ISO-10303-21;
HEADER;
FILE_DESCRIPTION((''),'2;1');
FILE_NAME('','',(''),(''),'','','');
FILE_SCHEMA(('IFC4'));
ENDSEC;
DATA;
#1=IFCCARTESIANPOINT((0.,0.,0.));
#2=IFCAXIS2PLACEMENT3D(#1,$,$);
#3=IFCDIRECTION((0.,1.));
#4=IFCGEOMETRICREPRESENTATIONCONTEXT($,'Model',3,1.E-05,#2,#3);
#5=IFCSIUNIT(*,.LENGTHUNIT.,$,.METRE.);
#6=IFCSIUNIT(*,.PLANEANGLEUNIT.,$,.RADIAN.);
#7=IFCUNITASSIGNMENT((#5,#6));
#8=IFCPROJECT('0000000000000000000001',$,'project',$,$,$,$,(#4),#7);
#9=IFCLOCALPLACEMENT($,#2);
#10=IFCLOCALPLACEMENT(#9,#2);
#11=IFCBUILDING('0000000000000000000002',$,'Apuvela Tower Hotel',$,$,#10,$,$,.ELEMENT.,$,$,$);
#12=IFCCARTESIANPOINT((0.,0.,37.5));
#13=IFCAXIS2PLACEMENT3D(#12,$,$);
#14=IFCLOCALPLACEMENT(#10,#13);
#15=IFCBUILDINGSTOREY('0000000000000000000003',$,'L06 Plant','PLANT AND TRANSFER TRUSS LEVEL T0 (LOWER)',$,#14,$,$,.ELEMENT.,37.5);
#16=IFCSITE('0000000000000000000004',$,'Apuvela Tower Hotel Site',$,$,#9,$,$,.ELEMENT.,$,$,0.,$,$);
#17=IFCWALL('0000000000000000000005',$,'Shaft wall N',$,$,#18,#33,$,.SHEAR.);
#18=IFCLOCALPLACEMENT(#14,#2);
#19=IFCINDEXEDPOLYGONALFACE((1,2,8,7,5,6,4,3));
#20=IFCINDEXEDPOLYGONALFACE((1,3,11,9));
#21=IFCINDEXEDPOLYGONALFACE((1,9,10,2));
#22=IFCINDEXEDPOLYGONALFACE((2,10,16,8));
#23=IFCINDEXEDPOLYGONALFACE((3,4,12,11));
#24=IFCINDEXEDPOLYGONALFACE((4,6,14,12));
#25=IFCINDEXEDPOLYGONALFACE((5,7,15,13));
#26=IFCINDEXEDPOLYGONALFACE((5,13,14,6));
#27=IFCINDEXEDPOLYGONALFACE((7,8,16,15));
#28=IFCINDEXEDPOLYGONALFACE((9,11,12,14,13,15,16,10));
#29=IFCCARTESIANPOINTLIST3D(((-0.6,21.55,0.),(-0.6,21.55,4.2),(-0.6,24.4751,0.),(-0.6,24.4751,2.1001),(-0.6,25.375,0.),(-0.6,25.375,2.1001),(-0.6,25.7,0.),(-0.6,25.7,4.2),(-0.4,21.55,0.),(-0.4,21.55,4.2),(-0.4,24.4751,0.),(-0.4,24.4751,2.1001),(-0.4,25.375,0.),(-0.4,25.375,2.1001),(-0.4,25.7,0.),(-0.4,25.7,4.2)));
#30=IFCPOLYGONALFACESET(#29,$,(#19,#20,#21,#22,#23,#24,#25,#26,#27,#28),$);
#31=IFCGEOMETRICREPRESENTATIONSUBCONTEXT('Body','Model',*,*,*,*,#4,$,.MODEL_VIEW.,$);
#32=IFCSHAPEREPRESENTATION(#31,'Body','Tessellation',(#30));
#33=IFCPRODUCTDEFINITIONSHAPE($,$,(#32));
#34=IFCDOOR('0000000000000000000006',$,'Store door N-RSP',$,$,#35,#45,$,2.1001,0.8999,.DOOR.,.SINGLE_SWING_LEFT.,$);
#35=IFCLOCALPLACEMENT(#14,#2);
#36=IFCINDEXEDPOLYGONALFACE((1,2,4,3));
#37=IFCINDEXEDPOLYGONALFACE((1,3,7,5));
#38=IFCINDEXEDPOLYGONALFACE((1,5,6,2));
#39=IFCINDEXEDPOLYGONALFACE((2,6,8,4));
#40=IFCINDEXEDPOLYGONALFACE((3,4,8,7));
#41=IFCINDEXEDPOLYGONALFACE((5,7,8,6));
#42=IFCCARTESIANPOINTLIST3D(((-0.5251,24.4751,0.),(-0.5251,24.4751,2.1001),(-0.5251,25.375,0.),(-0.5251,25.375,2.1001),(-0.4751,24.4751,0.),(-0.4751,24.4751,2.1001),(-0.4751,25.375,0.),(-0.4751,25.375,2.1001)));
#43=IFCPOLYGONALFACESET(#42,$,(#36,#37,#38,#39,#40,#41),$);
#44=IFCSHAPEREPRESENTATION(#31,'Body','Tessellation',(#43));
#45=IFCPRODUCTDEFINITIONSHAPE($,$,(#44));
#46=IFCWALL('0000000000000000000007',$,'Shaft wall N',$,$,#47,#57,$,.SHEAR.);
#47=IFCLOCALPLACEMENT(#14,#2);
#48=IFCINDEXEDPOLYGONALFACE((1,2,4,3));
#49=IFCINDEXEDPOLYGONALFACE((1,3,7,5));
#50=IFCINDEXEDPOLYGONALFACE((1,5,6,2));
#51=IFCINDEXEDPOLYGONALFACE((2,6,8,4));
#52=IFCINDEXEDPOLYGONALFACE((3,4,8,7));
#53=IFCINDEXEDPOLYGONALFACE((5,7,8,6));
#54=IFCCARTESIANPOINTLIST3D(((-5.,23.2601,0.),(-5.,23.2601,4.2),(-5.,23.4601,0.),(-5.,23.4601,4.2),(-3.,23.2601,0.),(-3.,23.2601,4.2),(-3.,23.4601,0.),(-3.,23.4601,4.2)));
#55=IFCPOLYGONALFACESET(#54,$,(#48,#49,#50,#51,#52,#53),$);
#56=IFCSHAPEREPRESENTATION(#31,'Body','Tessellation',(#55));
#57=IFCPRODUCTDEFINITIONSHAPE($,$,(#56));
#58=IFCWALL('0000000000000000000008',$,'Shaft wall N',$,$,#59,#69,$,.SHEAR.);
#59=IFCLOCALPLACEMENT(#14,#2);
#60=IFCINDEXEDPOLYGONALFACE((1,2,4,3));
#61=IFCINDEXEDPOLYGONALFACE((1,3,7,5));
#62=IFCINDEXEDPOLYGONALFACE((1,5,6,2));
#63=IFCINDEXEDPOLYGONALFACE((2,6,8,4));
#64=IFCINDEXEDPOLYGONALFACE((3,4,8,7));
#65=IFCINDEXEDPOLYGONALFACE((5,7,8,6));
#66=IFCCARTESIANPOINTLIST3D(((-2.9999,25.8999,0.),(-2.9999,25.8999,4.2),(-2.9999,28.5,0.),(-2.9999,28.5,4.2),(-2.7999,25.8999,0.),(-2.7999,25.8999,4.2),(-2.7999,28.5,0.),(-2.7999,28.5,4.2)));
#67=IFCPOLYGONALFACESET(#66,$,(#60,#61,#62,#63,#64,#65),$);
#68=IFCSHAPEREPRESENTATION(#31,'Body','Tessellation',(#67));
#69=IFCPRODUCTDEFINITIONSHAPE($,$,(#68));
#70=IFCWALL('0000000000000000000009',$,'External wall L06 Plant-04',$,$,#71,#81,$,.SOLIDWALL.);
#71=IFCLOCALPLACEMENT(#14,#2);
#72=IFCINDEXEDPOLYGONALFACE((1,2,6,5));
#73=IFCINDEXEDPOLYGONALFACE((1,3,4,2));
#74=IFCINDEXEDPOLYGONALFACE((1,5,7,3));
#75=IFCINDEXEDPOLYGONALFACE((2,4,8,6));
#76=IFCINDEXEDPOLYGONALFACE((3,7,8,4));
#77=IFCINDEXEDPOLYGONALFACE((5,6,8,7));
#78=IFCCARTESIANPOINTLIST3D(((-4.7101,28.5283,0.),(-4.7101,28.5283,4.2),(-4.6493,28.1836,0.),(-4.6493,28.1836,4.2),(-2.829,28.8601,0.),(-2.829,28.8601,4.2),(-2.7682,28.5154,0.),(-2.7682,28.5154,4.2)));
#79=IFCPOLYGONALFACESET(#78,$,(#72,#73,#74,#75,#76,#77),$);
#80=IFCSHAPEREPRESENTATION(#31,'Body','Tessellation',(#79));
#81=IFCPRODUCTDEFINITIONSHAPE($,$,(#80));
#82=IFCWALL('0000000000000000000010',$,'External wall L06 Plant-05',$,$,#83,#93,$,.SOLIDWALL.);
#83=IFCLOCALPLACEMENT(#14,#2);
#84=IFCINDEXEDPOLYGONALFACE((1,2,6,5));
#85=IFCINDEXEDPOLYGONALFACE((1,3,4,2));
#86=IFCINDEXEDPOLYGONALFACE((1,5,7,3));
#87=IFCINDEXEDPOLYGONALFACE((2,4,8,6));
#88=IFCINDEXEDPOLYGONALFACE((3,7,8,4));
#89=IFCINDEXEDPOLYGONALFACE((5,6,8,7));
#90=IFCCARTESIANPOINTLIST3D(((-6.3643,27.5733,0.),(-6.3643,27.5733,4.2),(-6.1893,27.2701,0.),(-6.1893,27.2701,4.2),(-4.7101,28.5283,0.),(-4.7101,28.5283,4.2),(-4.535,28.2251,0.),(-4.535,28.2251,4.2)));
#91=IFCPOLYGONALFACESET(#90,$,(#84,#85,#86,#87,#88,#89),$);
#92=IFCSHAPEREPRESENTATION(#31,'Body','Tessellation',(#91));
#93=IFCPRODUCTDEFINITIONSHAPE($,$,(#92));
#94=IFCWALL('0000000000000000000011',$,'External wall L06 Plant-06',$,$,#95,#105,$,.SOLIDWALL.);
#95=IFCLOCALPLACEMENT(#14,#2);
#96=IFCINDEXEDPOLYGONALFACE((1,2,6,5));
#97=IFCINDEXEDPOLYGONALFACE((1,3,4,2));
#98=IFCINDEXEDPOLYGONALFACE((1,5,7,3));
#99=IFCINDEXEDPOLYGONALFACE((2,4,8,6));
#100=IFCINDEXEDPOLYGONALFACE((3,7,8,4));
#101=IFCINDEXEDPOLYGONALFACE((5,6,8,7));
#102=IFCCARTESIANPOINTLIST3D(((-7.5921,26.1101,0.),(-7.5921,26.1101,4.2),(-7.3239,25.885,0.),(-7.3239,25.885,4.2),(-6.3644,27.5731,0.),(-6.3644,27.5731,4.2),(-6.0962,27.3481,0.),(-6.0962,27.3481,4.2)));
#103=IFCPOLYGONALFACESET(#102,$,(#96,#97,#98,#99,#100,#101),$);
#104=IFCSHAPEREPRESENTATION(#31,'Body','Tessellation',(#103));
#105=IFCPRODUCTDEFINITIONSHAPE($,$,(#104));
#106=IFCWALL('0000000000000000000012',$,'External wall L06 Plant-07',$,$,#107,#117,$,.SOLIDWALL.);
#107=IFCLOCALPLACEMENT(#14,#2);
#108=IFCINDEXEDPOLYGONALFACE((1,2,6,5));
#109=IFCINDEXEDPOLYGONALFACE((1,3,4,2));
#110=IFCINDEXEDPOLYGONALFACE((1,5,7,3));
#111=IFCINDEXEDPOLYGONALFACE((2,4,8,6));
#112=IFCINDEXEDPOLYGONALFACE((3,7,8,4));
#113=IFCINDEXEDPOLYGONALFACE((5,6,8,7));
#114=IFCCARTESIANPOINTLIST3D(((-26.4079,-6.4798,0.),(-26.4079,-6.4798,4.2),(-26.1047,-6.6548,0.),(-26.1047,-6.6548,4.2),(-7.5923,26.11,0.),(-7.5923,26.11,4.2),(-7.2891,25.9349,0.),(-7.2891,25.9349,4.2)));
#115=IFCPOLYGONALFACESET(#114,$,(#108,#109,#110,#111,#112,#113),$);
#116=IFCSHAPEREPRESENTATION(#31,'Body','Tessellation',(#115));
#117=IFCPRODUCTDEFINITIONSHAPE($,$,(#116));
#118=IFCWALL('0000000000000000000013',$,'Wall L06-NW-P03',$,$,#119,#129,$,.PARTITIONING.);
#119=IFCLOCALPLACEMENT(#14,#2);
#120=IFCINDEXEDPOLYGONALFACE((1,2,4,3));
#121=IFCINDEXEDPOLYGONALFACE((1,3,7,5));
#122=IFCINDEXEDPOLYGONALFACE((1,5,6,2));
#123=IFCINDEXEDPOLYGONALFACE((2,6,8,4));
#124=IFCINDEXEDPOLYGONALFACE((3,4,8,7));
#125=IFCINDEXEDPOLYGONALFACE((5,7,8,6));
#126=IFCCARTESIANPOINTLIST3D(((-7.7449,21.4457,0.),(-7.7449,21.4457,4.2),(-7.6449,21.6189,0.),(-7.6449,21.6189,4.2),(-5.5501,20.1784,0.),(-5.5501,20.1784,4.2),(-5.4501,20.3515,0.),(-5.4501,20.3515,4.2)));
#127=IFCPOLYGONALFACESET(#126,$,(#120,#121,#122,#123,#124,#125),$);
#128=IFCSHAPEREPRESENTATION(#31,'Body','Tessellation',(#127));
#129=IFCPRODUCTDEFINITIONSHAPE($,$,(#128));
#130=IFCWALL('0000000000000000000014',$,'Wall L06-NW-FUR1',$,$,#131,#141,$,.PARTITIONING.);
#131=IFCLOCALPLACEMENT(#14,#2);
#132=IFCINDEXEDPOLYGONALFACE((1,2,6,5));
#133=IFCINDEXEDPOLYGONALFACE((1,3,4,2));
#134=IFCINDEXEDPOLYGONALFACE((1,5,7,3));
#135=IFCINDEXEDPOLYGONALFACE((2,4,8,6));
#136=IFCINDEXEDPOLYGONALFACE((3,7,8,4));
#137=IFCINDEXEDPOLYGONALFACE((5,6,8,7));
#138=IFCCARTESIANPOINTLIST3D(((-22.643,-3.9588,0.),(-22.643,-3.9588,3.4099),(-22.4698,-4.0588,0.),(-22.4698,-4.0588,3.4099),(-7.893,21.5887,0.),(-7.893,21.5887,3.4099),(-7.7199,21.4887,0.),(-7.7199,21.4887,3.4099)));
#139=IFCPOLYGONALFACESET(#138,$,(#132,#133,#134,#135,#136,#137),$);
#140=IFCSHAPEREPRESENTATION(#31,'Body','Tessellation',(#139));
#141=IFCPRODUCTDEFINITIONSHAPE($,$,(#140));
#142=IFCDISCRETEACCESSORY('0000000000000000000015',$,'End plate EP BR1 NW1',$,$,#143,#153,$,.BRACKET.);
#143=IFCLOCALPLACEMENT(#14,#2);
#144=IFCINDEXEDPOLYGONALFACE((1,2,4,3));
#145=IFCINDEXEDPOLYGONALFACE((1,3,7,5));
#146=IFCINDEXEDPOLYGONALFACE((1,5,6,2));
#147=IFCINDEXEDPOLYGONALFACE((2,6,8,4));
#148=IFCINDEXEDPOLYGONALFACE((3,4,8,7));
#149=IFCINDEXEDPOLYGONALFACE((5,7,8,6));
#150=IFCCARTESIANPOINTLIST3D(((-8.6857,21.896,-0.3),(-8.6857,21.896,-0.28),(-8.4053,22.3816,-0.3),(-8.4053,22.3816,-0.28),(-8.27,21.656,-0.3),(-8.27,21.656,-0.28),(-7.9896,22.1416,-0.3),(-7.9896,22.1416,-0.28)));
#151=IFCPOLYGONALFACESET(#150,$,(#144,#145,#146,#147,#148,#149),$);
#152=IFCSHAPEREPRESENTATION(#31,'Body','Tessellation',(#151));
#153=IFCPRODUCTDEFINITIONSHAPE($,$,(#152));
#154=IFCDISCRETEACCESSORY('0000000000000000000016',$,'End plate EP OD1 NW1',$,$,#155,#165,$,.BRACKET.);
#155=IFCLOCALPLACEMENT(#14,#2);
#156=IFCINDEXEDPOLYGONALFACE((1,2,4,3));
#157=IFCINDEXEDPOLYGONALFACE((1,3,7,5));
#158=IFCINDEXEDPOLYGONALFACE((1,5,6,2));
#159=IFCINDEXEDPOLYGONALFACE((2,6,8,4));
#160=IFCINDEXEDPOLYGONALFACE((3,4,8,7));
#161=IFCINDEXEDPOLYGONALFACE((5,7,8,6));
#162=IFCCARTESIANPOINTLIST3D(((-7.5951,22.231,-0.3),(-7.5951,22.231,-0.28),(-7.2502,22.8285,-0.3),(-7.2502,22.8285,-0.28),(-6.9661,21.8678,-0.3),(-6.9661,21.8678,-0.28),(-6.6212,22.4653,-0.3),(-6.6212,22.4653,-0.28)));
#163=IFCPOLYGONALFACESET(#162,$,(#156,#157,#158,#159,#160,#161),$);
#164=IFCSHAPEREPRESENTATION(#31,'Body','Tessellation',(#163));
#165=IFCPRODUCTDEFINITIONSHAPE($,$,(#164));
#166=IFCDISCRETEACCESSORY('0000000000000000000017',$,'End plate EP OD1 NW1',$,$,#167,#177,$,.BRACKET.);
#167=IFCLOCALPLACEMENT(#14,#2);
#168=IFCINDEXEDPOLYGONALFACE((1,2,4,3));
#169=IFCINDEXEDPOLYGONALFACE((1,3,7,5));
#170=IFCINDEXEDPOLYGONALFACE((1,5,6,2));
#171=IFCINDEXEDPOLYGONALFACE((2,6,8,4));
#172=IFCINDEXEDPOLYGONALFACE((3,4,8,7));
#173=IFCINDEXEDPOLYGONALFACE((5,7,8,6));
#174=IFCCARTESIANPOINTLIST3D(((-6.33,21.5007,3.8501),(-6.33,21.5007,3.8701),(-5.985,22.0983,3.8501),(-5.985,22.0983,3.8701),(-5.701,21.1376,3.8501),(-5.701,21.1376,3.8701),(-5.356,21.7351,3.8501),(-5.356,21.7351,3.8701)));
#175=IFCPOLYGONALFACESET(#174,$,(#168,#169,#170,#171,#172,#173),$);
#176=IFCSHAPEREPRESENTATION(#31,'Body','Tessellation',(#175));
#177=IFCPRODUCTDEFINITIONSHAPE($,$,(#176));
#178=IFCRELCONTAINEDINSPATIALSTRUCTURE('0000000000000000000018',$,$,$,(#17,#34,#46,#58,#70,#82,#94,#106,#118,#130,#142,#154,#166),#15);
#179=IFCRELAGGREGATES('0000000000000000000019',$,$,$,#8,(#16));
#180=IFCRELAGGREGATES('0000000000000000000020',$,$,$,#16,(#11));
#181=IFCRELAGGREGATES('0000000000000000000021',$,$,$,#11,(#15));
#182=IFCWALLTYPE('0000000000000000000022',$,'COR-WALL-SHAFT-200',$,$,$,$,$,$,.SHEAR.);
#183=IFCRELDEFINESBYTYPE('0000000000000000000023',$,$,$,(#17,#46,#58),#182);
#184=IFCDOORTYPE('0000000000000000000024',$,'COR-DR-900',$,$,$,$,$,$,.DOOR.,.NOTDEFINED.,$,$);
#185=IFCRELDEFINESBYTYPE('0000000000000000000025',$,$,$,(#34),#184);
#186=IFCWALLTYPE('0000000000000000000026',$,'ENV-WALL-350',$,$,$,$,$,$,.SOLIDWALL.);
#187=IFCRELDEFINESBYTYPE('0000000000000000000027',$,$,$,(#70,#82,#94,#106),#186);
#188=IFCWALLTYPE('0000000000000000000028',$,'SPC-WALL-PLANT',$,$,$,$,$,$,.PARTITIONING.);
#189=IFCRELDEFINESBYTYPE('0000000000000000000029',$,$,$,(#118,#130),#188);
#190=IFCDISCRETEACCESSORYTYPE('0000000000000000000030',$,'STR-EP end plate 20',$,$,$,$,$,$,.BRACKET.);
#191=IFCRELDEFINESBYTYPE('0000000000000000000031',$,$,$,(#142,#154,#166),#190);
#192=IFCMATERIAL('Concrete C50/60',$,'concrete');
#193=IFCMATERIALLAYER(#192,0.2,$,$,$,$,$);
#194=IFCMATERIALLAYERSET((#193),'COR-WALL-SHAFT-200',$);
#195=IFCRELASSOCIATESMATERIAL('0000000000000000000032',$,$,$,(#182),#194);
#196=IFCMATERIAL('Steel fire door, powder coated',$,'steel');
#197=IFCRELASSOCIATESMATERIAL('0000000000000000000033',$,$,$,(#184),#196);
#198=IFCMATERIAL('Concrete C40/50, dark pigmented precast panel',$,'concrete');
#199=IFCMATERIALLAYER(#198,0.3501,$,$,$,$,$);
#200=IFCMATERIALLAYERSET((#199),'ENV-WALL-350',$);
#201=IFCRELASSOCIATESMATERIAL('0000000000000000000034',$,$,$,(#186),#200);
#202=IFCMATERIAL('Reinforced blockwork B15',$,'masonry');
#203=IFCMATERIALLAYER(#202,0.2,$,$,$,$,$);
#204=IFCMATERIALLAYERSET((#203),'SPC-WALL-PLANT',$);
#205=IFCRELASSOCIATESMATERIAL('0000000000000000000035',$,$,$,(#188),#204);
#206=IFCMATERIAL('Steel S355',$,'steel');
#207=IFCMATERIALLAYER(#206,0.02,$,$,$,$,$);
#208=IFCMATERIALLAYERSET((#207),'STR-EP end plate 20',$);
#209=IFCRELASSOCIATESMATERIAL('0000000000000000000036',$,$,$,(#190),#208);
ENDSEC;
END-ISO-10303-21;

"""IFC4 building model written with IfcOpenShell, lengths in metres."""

from ifc_helpers import new_model, si_unit, direction, frame, frame_2d, origin, origin_2d, place, context, subcontext, project, spatial, rectangle, extrude, material, layer, layer_set, type_object, element, fill, save


model = new_model("IFC4")

# Units and contexts
model_context = context("Model", 3, precision=1e-05, world=origin(), true_north=direction((0.0, 1.0)))
body_context = subcontext(model_context, "Body", "Model", "MODEL_VIEW")
ifc_project = project(units=[si_unit("LENGTHUNIT", "METRE"), si_unit("PLANEANGLEUNIT", "RADIAN")], contexts=[model_context])

# Site, building, storey
site_placement = place(None, origin())
site = spatial("IfcSite", under=ifc_project, at=site_placement, Name="Apuvela Tower Hotel Site", CompositionType="ELEMENT", RefElevation=0.0)
building_placement = place(site_placement, origin())
building = spatial("IfcBuilding", under=site, at=building_placement, Name="Apuvela Tower Hotel", CompositionType="ELEMENT")
storey_placement = place(building_placement, frame((0.0, 0.0, 37.5)))
storey = spatial("IfcBuildingStorey", under=building, at=storey_placement, Name="L06 Plant", Description="PLANT AND TRANSFER TRUSS LEVEL T0 (LOWER)", CompositionType="ELEMENT", Elevation=37.5)

# Shared definitions
ifc_material_1 = material(Name="Steel S355", Category="steel")

# Shared definitions
ifc_material_2 = material(Name="Concrete C50/60", Category="concrete")
ifc_layer_1 = layer(ifc_material_2, 0.2)
ifc_layer_set_1 = layer_set([ifc_layer_1], Name="COR-WALL-SHAFT-200")
wall_type_1 = type_object("IfcWallType", Name="COR-WALL-SHAFT-200", PredefinedType="SHEAR", material=ifc_layer_set_1)

# Wall, opening, door
wall_1_placement = place(storey_placement, frame((-0.5, 21.55, 0.0), z_axis=(0.0, 0.0, 1.0), x_axis=(0.0, 1.0, 0.0)))
wall_1 = element("IfcWall", 1, at=wall_1_placement, inside=storey, type_object=wall_type_1, Name="Shaft wall N", PredefinedType="SHEAR", context=body_context, shape_type="SweptSolid", body=[
    extrude(rectangle(XDim=4.1499, YDim=0.2, at=frame_2d((2.075, 0.0))), origin(), (0.0, 0.0, 1.0), 4.2),
])
opening_placement = place(wall_1_placement, frame((2.925, 0.0, 0.0)))
opening = element("IfcOpeningElement", 2, at=opening_placement, cuts=wall_1, PredefinedType="OPENING", context=body_context, shape_type="SweptSolid", body=[
    extrude(rectangle(XDim=0.8999, YDim=2.1001, at=frame_2d((0.45, 1.05))), frame((0.0, 0.1099, 0.0), z_axis=(0.0, -1.0, 0.0), x_axis=(1.0, 0.0, 0.0)), (0.0, 0.0, 1.0), 0.22),
])
ifc_material_3 = material(Name="Steel fire door, powder coated", Category="steel")
door_type = type_object("IfcDoorType", Name="COR-DR-900", OperationType="NOTDEFINED", PredefinedType="DOOR", material=ifc_material_3)
door_placement = place(opening_placement, frame((0.8999, 0.0, 0.0), z_axis=(0.0, 0.0, 1.0), x_axis=(-1.0, 0.0, 0.0)))
door = element("IfcDoor", 3, at=door_placement, inside=storey, type_object=door_type, Name="Store door N-RSP", OperationType="SINGLE_SWING_LEFT", OverallHeight=2.1001, OverallWidth=0.8999, PredefinedType="DOOR", context=body_context, shape_type="SweptSolid", body=[
    extrude(rectangle(XDim=0.8999, YDim=2.1001, at=frame_2d((0.45, 1.05))), frame((0.0, 0.0249, 0.0), z_axis=(0.0, -1.0, 0.0), x_axis=(1.0, 0.0, 0.0)), (0.0, 0.0, 1.0), 0.05),
])
fill(opening, door)

# Walls
wall_2_placement = place(storey_placement, frame((-3.0, 23.3601, 0.0), z_axis=(0.0, 0.0, 1.0), x_axis=(-1.0, 0.0, 0.0)))
element("IfcWall", 4, at=wall_2_placement, inside=storey, type_object=wall_type_1, Name="Shaft wall N", PredefinedType="SHEAR", context=body_context, shape_type="SweptSolid", body=[
    extrude(rectangle(XDim=2.0, YDim=0.2, at=frame_2d((1.0, 0.0))), origin(), (0.0, 0.0, 1.0), 4.2),
])
wall_3_placement = place(storey_placement, frame((-2.8999, 25.8999, 0.0), z_axis=(0.0, 0.0, 1.0), x_axis=(0.0, 1.0, 0.0)))
element("IfcWall", 5, at=wall_3_placement, inside=storey, type_object=wall_type_1, Name="Shaft wall N", PredefinedType="SHEAR", context=body_context, shape_type="SweptSolid", body=[
    extrude(rectangle(XDim=2.6001, YDim=0.2, at=frame_2d((1.3, 0.0))), origin(), (0.0, 0.0, 1.0), 4.2),
])
ifc_material_4 = material(Name="Concrete C40/50, dark pigmented precast panel", Category="concrete")
ifc_layer_2 = layer(ifc_material_4, 0.3501)
ifc_layer_set_2 = layer_set([ifc_layer_2], Name="ENV-WALL-350")
wall_type_2 = type_object("IfcWallType", Name="ENV-WALL-350", PredefinedType="SOLIDWALL", material=ifc_layer_set_2)
for number, where, z_axis, x_axis, name in (
    (6, (-2.7986, 28.6877, 0.0), (0.0, 0.0, 1.0), (-0.984799, -0.173698, 0.0), "External wall L06 Plant-04"),
    (7, (-4.6226, 28.3767, 0.0), (0.0, 0.0, 1.0), (-0.866032, -0.499988, 0.0), "External wall L06 Plant-05"),
):
    element("IfcWall", number, at=place(storey_placement, frame(where, z_axis=z_axis, x_axis=x_axis)), inside=storey, type_object=wall_type_2, Name=name, PredefinedType="SOLIDWALL", context=body_context, shape_type="SweptSolid", body=[
        extrude(rectangle(XDim=1.9102, YDim=0.3501, at=frame_2d((0.9551, 0.0))), origin(), (0.0, 0.0, 1.0), 4.2),
    ])
wall_4_placement = place(storey_placement, frame((-6.2302, 27.4607, 0.0), z_axis=(0.0, 0.0, 1.0), x_axis=(-0.642808, -0.766027, 0.0)))
element("IfcWall", 8, at=wall_4_placement, inside=storey, type_object=wall_type_2, Name="External wall L06 Plant-06", PredefinedType="SOLIDWALL", context=body_context, shape_type="SweptSolid", body=[
    extrude(rectangle(XDim=1.9099, YDim=0.3501, at=frame_2d((0.9551, 0.0))), origin(), (0.0, 0.0, 1.0), 4.2),
])
wall_5_placement = place(storey_placement, frame((-7.4407, 26.0225, 0.0), z_axis=(0.0, 0.0, 1.0), x_axis=(-0.499998, -0.866026, 0.0)))
element("IfcWall", 9, at=wall_5_placement, inside=storey, type_object=wall_type_2, Name="External wall L06 Plant-07", PredefinedType="SOLIDWALL", context=body_context, shape_type="SweptSolid", body=[
    extrude(rectangle(XDim=37.6313, YDim=0.3501, at=frame_2d((18.8157, 0.0))), origin(), (0.0, 0.0, 1.0), 4.2),
])
ifc_material_5 = material(Name="Reinforced blockwork B15", Category="masonry")
ifc_layer_3 = layer(ifc_material_5, 0.2)
ifc_layer_set_3 = layer_set([ifc_layer_3], Name="SPC-WALL-PLANT")
wall_type_3 = type_object("IfcWallType", Name="SPC-WALL-PLANT", PredefinedType="PARTITIONING", material=ifc_layer_set_3)
wall_6_placement = place(storey_placement, frame((-7.6948, 21.5322, 0.0), z_axis=(0.0, 0.0, 1.0), x_axis=(0.865999, -0.500045, 0.0)))
element("IfcWall", 10, at=wall_6_placement, inside=storey, type_object=wall_type_3, Name="Wall L06-NW-P03", PredefinedType="PARTITIONING", context=body_context, shape_type="SweptSolid", body=[
    extrude(rectangle(XDim=2.5344, YDim=0.2, at=frame_2d((1.2671, 0.0))), origin(), (0.0, 0.0, 1.0), 4.2),
])
wall_7_placement = place(storey_placement, frame((-7.8064, 21.5388, 0.0), z_axis=(0.0, 0.0, 1.0), x_axis=(-0.500002, -0.866024, 0.0)))
element("IfcWall", 11, at=wall_7_placement, inside=storey, type_object=wall_type_3, Name="Wall L06-NW-FUR1", PredefinedType="PARTITIONING", context=body_context, shape_type="SweptSolid", body=[
    extrude(rectangle(XDim=29.4998, YDim=0.2, at=frame_2d((14.75, 0.0))), origin(), (0.0, 0.0, 1.0), 3.4099),
])

# Discrete accessories
ifc_layer_4 = layer(ifc_material_1, 0.02)
ifc_layer_set_4 = layer_set([ifc_layer_4], Name="STR-EP end plate 20")
discrete_accessory_type = type_object("IfcDiscreteAccessoryType", Name="STR-EP end plate 20", PredefinedType="BRACKET", material=ifc_layer_set_4)
discrete_accessory_placement = place(storey_placement, frame((-8.3376, 22.0188, -0.3), z_axis=(0.0, 0.0, 1.0), x_axis=(-0.5, -0.866025, 0.0)))
element("IfcDiscreteAccessory", 12, at=discrete_accessory_placement, inside=storey, type_object=discrete_accessory_type, Name="End plate EP BR1 NW1", PredefinedType="BRACKET", context=body_context, shape_type="SweptSolid", body=[
    extrude(rectangle(XDim=0.5608, YDim=0.48, at=origin_2d()), origin(), (0.0, 0.0, 1.0), 0.02),
])
for number, where, z_axis, x_axis, name in (
    (13, (-7.1082, 22.3481, -0.3), (0.0, 0.0, 1.0), (0.866025, -0.5, 0.0), "End plate EP OD1 NW1"),
    (14, (-5.843, 21.6179, 3.8501), (0.0, 0.0, 1.0), (0.866025, -0.5, 0.0), "End plate EP OD1 NW1"),
):
    element("IfcDiscreteAccessory", number, at=place(storey_placement, frame(where, z_axis=z_axis, x_axis=x_axis)), inside=storey, type_object=discrete_accessory_type, Name=name, PredefinedType="BRACKET", context=body_context, shape_type="SweptSolid", body=[
        extrude(rectangle(XDim=0.7263, YDim=0.6899, at=origin_2d()), origin(), (0.0, 0.0, 1.0), 0.02),
    ])

save(model, "model.ifc")
